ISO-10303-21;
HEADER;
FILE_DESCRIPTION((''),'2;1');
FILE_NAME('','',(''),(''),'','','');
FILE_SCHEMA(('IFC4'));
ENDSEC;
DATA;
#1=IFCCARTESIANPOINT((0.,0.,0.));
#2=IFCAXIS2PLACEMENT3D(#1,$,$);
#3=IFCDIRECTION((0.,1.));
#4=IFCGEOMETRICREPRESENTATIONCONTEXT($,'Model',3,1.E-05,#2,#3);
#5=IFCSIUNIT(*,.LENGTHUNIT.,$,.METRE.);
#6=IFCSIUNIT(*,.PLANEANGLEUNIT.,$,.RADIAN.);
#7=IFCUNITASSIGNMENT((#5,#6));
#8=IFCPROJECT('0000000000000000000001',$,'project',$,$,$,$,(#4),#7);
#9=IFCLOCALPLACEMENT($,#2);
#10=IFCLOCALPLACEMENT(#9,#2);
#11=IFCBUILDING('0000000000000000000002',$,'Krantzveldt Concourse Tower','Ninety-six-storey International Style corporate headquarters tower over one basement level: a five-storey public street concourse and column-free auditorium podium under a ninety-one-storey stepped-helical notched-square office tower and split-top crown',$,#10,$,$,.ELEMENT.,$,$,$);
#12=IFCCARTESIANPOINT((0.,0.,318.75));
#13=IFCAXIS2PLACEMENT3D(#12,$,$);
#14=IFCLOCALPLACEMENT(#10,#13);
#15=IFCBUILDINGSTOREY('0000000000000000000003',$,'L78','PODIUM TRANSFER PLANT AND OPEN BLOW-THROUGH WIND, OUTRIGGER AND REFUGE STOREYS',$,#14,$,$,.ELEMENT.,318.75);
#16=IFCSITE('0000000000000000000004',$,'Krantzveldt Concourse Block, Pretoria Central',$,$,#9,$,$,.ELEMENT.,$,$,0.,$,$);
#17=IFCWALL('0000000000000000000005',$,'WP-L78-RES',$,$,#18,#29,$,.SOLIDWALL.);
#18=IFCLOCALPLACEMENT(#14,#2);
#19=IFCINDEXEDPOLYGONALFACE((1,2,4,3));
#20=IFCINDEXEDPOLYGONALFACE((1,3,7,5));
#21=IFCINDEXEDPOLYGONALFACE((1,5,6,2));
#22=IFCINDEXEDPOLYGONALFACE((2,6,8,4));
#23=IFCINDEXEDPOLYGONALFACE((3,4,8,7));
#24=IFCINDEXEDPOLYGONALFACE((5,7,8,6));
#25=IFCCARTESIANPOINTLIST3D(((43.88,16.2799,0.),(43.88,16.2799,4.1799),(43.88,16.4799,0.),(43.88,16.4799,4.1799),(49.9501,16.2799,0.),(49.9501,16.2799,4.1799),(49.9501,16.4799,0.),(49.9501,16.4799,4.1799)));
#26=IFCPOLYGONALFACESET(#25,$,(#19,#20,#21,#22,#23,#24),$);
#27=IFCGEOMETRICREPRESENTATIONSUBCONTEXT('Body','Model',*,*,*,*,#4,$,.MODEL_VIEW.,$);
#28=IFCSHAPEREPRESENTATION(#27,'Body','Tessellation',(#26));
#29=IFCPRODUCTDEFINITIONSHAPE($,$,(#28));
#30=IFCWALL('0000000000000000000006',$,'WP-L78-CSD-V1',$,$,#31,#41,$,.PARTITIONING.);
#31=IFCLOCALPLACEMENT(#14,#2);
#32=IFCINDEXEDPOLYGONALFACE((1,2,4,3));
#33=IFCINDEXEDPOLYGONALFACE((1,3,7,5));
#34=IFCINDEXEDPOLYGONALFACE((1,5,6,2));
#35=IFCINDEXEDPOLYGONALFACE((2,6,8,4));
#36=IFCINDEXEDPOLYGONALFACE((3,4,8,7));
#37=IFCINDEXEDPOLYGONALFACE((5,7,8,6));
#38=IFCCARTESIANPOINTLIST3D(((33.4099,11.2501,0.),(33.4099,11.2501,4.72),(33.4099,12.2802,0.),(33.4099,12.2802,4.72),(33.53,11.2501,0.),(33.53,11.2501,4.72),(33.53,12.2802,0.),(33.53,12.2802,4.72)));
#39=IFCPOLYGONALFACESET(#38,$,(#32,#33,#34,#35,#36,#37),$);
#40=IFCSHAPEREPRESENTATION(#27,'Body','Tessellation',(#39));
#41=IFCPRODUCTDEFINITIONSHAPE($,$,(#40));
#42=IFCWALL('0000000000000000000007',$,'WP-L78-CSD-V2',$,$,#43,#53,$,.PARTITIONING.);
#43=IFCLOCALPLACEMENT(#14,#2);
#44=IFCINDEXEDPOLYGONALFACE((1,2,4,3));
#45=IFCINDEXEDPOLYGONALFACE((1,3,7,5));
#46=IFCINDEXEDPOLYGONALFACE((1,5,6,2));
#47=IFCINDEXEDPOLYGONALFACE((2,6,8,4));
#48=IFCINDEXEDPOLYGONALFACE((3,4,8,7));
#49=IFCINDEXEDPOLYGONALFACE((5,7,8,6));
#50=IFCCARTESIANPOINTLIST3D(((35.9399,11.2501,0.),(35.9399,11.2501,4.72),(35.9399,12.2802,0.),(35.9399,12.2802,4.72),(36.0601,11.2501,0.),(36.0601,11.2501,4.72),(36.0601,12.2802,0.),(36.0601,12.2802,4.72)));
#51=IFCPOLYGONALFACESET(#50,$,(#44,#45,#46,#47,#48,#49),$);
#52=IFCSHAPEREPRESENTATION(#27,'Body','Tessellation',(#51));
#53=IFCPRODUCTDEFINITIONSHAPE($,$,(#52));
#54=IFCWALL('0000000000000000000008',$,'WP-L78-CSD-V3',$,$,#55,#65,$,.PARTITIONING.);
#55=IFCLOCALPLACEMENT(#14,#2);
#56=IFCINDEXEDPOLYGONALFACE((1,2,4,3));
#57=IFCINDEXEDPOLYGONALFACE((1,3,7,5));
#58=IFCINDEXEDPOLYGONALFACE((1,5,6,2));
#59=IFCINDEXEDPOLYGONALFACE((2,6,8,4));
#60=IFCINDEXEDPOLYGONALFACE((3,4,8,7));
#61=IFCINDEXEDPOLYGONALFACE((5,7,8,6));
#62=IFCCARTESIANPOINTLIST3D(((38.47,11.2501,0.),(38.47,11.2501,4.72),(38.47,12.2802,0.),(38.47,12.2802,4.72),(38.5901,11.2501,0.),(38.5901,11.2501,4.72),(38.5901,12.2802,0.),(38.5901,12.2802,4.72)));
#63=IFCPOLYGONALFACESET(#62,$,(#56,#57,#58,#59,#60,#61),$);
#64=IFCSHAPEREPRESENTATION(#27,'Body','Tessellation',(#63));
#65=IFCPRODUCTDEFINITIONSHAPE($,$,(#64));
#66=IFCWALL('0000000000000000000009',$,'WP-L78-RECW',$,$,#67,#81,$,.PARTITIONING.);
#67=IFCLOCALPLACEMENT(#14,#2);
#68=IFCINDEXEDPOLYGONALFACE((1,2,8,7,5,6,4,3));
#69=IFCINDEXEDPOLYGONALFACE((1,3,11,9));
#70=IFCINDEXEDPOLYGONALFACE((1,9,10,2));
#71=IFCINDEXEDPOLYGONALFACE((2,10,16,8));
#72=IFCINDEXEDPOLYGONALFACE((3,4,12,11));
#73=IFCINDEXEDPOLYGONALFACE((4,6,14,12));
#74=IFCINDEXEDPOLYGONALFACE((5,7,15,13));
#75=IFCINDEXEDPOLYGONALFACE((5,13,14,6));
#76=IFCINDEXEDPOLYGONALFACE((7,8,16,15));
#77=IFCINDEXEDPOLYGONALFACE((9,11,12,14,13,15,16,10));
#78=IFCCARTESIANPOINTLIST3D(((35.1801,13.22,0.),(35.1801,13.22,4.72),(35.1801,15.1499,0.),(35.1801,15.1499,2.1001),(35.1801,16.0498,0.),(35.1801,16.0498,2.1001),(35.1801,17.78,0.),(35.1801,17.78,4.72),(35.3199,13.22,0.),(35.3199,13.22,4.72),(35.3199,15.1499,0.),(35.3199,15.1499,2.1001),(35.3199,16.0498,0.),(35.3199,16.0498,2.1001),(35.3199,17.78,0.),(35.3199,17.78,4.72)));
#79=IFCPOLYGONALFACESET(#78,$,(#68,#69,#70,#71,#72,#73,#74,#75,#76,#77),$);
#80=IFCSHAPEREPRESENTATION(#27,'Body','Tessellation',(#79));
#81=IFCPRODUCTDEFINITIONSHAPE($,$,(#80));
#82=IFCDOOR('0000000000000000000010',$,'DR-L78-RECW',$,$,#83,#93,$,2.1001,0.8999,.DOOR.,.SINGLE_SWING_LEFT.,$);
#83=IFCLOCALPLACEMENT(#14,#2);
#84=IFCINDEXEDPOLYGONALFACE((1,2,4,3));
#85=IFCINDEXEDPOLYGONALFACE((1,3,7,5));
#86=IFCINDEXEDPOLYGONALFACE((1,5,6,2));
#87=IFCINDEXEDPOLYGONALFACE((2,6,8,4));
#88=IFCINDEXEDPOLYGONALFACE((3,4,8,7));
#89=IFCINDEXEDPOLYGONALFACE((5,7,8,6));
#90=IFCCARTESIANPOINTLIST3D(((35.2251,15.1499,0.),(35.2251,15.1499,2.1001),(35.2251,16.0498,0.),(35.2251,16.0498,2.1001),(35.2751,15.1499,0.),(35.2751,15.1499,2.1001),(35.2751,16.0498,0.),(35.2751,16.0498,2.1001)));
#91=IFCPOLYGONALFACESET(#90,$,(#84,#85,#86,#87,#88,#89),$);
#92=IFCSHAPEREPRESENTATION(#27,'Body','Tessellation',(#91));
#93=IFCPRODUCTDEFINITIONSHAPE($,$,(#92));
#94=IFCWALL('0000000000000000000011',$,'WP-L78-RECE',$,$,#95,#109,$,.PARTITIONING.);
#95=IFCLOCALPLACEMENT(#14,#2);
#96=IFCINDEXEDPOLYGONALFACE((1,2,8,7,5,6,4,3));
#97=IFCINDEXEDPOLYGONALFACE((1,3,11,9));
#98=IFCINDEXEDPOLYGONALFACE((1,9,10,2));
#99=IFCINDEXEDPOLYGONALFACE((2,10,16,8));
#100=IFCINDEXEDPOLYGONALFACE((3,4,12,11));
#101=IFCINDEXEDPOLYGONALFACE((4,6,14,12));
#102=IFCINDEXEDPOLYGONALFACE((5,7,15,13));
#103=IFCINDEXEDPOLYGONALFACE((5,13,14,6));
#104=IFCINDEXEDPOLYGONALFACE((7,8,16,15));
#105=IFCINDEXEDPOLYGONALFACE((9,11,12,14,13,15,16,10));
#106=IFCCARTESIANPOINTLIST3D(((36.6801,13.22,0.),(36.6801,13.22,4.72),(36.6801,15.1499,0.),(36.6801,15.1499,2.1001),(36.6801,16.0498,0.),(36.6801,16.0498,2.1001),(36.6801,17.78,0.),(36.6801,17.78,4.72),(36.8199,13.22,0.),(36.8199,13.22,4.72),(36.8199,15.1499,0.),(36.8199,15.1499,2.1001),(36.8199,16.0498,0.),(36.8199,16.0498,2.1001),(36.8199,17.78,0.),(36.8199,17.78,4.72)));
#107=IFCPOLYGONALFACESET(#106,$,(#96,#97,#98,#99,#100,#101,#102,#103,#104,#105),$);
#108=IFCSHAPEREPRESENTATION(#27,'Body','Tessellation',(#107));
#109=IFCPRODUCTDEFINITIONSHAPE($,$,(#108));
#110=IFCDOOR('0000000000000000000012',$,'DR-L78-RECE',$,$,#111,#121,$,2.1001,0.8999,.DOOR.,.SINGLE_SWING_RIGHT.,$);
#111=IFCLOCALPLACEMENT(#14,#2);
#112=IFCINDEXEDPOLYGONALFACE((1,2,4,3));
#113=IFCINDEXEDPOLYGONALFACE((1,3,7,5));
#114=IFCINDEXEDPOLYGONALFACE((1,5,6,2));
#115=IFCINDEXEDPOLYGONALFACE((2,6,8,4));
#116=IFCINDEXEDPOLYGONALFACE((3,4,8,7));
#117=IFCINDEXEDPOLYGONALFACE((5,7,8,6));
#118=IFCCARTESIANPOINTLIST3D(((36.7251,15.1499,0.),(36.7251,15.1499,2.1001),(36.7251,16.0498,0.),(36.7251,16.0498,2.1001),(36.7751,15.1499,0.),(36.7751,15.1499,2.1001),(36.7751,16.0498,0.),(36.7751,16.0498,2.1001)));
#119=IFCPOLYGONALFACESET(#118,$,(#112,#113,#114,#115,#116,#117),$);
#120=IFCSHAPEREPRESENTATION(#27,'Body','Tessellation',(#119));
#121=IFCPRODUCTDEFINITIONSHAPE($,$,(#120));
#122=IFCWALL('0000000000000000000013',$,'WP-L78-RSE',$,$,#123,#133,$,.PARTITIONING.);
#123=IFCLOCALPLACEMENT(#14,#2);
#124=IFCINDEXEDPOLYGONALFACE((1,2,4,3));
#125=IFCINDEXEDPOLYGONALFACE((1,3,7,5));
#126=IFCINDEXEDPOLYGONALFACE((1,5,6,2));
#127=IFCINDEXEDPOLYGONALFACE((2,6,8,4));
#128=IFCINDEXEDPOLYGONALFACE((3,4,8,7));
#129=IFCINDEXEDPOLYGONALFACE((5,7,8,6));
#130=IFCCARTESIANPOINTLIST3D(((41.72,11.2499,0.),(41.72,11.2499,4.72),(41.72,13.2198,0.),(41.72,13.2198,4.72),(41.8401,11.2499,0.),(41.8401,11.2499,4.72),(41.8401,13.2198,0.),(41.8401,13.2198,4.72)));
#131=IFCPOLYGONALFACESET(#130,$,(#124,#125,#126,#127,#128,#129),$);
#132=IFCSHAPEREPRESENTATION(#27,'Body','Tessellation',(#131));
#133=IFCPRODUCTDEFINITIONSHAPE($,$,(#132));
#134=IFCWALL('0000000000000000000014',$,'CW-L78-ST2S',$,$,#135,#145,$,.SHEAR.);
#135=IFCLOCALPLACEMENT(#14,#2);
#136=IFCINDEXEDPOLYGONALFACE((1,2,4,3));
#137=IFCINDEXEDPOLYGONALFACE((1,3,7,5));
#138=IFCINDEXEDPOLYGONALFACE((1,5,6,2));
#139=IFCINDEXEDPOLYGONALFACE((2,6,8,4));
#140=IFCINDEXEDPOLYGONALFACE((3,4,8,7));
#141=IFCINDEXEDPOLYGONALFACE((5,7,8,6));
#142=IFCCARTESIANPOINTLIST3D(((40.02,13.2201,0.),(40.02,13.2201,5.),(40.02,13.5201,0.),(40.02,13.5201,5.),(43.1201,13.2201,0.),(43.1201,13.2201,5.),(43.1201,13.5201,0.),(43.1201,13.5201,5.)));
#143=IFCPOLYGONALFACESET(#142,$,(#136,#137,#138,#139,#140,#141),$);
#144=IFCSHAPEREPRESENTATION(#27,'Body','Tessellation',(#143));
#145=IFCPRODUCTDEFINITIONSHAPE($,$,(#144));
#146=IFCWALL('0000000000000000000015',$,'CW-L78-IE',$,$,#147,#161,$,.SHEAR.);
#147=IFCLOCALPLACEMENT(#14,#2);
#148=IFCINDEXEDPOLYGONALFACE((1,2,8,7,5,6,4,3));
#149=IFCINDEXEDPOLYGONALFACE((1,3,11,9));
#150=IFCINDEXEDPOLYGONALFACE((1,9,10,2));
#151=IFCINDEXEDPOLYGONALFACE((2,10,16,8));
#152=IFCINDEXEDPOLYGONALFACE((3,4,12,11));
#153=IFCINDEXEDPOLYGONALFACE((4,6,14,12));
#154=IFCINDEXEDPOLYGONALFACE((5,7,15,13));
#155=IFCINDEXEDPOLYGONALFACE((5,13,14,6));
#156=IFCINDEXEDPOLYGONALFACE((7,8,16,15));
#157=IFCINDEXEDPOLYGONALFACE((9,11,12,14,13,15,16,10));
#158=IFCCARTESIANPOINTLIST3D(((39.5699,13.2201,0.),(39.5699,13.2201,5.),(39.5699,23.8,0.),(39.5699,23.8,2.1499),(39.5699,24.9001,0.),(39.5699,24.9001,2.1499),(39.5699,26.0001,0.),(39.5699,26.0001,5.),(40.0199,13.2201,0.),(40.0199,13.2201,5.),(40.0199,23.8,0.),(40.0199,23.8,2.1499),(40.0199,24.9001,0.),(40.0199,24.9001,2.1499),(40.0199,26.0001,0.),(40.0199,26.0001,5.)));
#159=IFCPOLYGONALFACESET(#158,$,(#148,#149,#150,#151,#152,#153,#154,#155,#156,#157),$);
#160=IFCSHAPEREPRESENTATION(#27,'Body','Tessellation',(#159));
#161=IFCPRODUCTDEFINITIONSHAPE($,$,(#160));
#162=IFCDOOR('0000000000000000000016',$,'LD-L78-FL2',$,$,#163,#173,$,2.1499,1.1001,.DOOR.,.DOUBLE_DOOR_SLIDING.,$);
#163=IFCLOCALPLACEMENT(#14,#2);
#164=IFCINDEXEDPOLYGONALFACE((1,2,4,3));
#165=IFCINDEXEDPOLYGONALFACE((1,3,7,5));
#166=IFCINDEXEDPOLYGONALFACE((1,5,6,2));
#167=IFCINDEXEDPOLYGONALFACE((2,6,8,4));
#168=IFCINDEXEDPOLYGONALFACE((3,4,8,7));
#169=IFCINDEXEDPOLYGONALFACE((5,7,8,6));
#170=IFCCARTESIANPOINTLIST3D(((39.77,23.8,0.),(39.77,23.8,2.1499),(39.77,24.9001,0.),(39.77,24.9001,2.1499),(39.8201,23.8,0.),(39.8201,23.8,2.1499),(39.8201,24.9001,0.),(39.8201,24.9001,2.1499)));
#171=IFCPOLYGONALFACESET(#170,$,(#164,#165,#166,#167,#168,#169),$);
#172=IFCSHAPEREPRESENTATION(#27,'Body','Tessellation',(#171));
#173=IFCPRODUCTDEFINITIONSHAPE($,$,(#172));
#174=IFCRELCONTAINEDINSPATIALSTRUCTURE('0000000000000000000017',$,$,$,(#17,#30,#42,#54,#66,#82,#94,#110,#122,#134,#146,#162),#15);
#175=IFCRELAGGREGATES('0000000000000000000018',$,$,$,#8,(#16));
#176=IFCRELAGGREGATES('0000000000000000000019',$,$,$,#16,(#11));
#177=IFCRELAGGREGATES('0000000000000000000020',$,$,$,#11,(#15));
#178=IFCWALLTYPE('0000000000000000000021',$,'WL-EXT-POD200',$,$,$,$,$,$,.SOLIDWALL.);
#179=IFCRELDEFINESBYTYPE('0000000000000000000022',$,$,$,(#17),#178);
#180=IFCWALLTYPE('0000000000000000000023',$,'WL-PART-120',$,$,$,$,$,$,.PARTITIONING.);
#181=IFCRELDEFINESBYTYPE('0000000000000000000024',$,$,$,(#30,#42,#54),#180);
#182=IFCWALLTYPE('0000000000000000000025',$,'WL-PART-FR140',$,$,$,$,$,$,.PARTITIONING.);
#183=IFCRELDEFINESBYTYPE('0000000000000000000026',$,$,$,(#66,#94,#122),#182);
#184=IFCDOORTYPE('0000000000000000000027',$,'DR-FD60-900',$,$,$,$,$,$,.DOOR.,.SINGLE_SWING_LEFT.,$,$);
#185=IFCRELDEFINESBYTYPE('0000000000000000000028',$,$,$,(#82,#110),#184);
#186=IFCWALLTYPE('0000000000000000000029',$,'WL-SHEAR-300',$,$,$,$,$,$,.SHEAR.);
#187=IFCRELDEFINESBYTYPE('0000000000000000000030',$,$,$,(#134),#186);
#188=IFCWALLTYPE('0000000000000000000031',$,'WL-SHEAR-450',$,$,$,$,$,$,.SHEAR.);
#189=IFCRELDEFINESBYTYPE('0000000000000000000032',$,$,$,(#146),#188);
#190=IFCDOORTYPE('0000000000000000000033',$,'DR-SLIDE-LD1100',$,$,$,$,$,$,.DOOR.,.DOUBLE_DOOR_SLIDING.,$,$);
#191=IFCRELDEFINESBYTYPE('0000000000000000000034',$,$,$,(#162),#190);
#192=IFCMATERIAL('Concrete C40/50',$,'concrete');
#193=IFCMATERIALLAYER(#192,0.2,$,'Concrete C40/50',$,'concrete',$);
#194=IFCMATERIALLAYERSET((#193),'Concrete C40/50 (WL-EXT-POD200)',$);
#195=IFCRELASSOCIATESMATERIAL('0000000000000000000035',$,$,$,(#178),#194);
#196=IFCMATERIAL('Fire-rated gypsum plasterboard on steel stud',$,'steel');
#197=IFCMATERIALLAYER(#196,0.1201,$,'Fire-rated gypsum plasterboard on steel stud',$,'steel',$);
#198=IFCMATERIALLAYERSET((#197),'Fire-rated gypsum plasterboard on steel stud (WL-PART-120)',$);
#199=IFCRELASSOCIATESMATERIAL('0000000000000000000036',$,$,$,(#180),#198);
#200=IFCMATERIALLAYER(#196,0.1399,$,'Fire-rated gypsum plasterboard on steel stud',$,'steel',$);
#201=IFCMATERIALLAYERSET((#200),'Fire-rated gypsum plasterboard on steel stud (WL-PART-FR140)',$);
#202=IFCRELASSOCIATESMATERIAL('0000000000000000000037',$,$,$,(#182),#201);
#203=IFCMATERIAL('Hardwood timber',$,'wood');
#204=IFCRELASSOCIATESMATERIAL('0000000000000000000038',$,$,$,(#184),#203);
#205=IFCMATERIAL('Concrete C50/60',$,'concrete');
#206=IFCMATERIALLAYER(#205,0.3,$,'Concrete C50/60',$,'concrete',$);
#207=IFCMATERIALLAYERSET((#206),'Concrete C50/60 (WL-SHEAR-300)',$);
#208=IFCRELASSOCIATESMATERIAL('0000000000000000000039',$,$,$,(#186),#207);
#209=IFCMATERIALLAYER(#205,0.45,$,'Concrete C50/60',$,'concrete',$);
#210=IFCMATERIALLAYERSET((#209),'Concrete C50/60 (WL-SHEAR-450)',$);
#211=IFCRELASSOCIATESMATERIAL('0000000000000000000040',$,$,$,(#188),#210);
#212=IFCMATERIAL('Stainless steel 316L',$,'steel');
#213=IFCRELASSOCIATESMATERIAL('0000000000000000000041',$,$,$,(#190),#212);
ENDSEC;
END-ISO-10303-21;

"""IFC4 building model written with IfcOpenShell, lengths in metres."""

from ifc_helpers import new_model, si_unit, direction, frame, frame_2d, origin, place, context, subcontext, project, spatial, rectangle, extrude, material, layer, layer_set, type_object, element, fill, save


model = new_model("IFC4")

# Units and contexts
model_context = context("Model", 3, precision=1e-05, world=origin(), true_north=direction((0.0, 1.0)))
body_context = subcontext(model_context, "Body", "Model", "MODEL_VIEW")
ifc_project = project(units=[si_unit("LENGTHUNIT", "METRE"), si_unit("PLANEANGLEUNIT", "RADIAN")], contexts=[model_context])

# Site, building, storey
site_placement = place(None, origin())
site = spatial("IfcSite", under=ifc_project, at=site_placement, Name="Krantzveldt Concourse Block, Pretoria Central", CompositionType="ELEMENT", RefElevation=0.0)
building_placement = place(site_placement, origin())
building = spatial("IfcBuilding", under=site, at=building_placement, Name="Krantzveldt Concourse Tower", Description="Ninety-six-storey International Style corporate headquarters tower over one basement level: a five-storey public street concourse and column-free auditorium podium under a ninety-one-storey stepped-helical notched-square office tower and split-top crown", CompositionType="ELEMENT")
storey_placement = place(building_placement, frame((0.0, 0.0, 318.75)))
storey = spatial("IfcBuildingStorey", under=building, at=storey_placement, Name="L78", Description="PODIUM TRANSFER PLANT AND OPEN BLOW-THROUGH WIND, OUTRIGGER AND REFUGE STOREYS", CompositionType="ELEMENT", Elevation=318.75)

# Walls
ifc_material_1 = material(Name="Concrete C40/50", Category="concrete")
ifc_layer_1 = layer(ifc_material_1, 0.2, Name="Concrete C40/50", Category="concrete")
ifc_layer_set_1 = layer_set([ifc_layer_1], Name="Concrete C40/50 (WL-EXT-POD200)")
wall_type_1 = type_object("IfcWallType", Name="WL-EXT-POD200", PredefinedType="SOLIDWALL", material=ifc_layer_set_1)
wall_1_placement = place(storey_placement, frame((43.8799, 16.3799, 0.0), z_axis=(0.0, 0.0, 1.0), x_axis=(1.0, 0.0, 0.0)))
element("IfcWall", 1, at=wall_1_placement, inside=storey, type_object=wall_type_1, Name="WP-L78-RES", PredefinedType="SOLIDWALL", context=body_context, shape_type="SweptSolid", body=[
    extrude(rectangle(XDim=6.0701, YDim=0.2, at=frame_2d((3.0352, 0.0))), origin(), (0.0, 0.0, 1.0), 4.1799),
])
ifc_material_2 = material(Name="Fire-rated gypsum plasterboard on steel stud", Category="steel")
ifc_layer_2 = layer(ifc_material_2, 0.1201, Name="Fire-rated gypsum plasterboard on steel stud", Category="steel")
ifc_layer_set_2 = layer_set([ifc_layer_2], Name="Fire-rated gypsum plasterboard on steel stud (WL-PART-120)")
wall_type_2 = type_object("IfcWallType", Name="WL-PART-120", PredefinedType="PARTITIONING", material=ifc_layer_set_2)
for number, where, z_axis, x_axis, name in (
    (2, (33.47, 11.25, 0.0), (0.0, 0.0, 1.0), (0.0, 1.0, 0.0), "WP-L78-CSD-V1"),
    (3, (36.0, 11.25, 0.0), (0.0, 0.0, 1.0), (0.0, 1.0, 0.0), "WP-L78-CSD-V2"),
    (4, (38.53, 11.25, 0.0), (0.0, 0.0, 1.0), (0.0, 1.0, 0.0), "WP-L78-CSD-V3"),
):
    element("IfcWall", number, at=place(storey_placement, frame(where, z_axis=z_axis, x_axis=x_axis)), inside=storey, type_object=wall_type_2, Name=name, PredefinedType="PARTITIONING", context=body_context, shape_type="SweptSolid", body=[
        extrude(rectangle(XDim=1.03, YDim=0.1201, at=frame_2d((0.5151, 0.0))), origin(), (0.0, 0.0, 1.0), 4.72),
    ])

# Walls, openings, doors
ifc_layer_3 = layer(ifc_material_2, 0.1399, Name="Fire-rated gypsum plasterboard on steel stud", Category="steel")
ifc_layer_set_3 = layer_set([ifc_layer_3], Name="Fire-rated gypsum plasterboard on steel stud (WL-PART-FR140)")
wall_type_3 = type_object("IfcWallType", Name="WL-PART-FR140", PredefinedType="PARTITIONING", material=ifc_layer_set_3)
wall_2_placement = place(storey_placement, frame((35.25, 13.22, 0.0), z_axis=(0.0, 0.0, 1.0), x_axis=(0.0, 1.0, 0.0)))
wall_2 = element("IfcWall", 5, at=wall_2_placement, inside=storey, type_object=wall_type_3, Name="WP-L78-RECW", PredefinedType="PARTITIONING", context=body_context, shape_type="SweptSolid", body=[
    extrude(rectangle(XDim=4.5601, YDim=0.1399, at=frame_2d((2.28, 0.0))), origin(), (0.0, 0.0, 1.0), 4.72),
])
opening_1_placement = place(wall_2_placement, frame((1.9299, 0.0, 0.0)))
opening_1 = element("IfcOpeningElement", 6, at=opening_1_placement, cuts=wall_2, PredefinedType="OPENING", context=body_context, shape_type="SweptSolid", body=[
    extrude(rectangle(XDim=0.8999, YDim=2.1001, at=frame_2d((0.45, 1.05))), frame((0.0, 0.0801, 0.0), z_axis=(0.0, -1.0, 0.0), x_axis=(1.0, 0.0, 0.0)), (0.0, 0.0, 1.0), 0.1599),
])
ifc_material_3 = material(Name="Hardwood timber", Category="wood")
door_type_1 = type_object("IfcDoorType", Name="DR-FD60-900", OperationType="SINGLE_SWING_LEFT", PredefinedType="DOOR", material=ifc_material_3)
door_1_placement = place(opening_1_placement, origin())
door_1 = element("IfcDoor", 7, at=door_1_placement, inside=storey, type_object=door_type_1, Name="DR-L78-RECW", OperationType="SINGLE_SWING_LEFT", OverallHeight=2.1001, OverallWidth=0.8999, PredefinedType="DOOR", context=body_context, shape_type="SweptSolid", body=[
    extrude(rectangle(XDim=0.8999, YDim=2.1001, at=frame_2d((0.45, 1.05))), frame((0.0, 0.0249, 0.0), z_axis=(0.0, -1.0, 0.0), x_axis=(1.0, 0.0, 0.0)), (0.0, 0.0, 1.0), 0.05),
])
fill(opening_1, door_1)
wall_3_placement = place(storey_placement, frame((36.75, 13.22, 0.0), z_axis=(0.0, 0.0, 1.0), x_axis=(0.0, 1.0, 0.0)))
wall_3 = element("IfcWall", 8, at=wall_3_placement, inside=storey, type_object=wall_type_3, Name="WP-L78-RECE", PredefinedType="PARTITIONING", context=body_context, shape_type="SweptSolid", body=[
    extrude(rectangle(XDim=4.5601, YDim=0.1399, at=frame_2d((2.28, 0.0))), origin(), (0.0, 0.0, 1.0), 4.72),
])
opening_2_placement = place(wall_3_placement, frame((1.9299, 0.0, 0.0)))
opening_2 = element("IfcOpeningElement", 9, at=opening_2_placement, cuts=wall_3, PredefinedType="OPENING", context=body_context, shape_type="SweptSolid", body=[
    extrude(rectangle(XDim=0.8999, YDim=2.1001, at=frame_2d((0.45, 1.05))), frame((0.0, 0.0801, 0.0), z_axis=(0.0, -1.0, 0.0), x_axis=(1.0, 0.0, 0.0)), (0.0, 0.0, 1.0), 0.1599),
])
door_2_placement = place(opening_2_placement, origin())
door_2 = element("IfcDoor", 10, at=door_2_placement, inside=storey, type_object=door_type_1, Name="DR-L78-RECE", OperationType="SINGLE_SWING_RIGHT", OverallHeight=2.1001, OverallWidth=0.8999, PredefinedType="DOOR", context=body_context, shape_type="SweptSolid", body=[
    extrude(rectangle(XDim=0.8999, YDim=2.1001, at=frame_2d((0.45, 1.05))), frame((0.0, 0.0249, 0.0), z_axis=(0.0, -1.0, 0.0), x_axis=(1.0, 0.0, 0.0)), (0.0, 0.0, 1.0), 0.05),
])
fill(opening_2, door_2)

# Walls
wall_4_placement = place(storey_placement, frame((41.78, 11.25, 0.0), z_axis=(0.0, 0.0, 1.0), x_axis=(0.0, 1.0, 0.0)))
element("IfcWall", 11, at=wall_4_placement, inside=storey, type_object=wall_type_3, Name="WP-L78-RSE", PredefinedType="PARTITIONING", context=body_context, shape_type="SweptSolid", body=[
    extrude(rectangle(XDim=1.97, YDim=0.1201, at=frame_2d((0.9849, 0.0))), origin(), (0.0, 0.0, 1.0), 4.72),
])
ifc_material_4 = material(Name="Concrete C50/60", Category="concrete")
ifc_layer_4 = layer(ifc_material_4, 0.3, Name="Concrete C50/60", Category="concrete")
ifc_layer_set_4 = layer_set([ifc_layer_4], Name="Concrete C50/60 (WL-SHEAR-300)")
wall_type_4 = type_object("IfcWallType", Name="WL-SHEAR-300", PredefinedType="SHEAR", material=ifc_layer_set_4)
wall_5_placement = place(storey_placement, frame((40.02, 13.3701, 0.0), z_axis=(0.0, 0.0, 1.0), x_axis=(1.0, 0.0, 0.0)))
element("IfcWall", 12, at=wall_5_placement, inside=storey, type_object=wall_type_4, Name="CW-L78-ST2S", PredefinedType="SHEAR", context=body_context, shape_type="SweptSolid", body=[
    extrude(rectangle(XDim=3.1001, YDim=0.3, at=frame_2d((1.55, 0.0))), origin(), (0.0, 0.0, 1.0), 5.0),
])

# Wall, opening, door
ifc_layer_5 = layer(ifc_material_4, 0.45, Name="Concrete C50/60", Category="concrete")
ifc_layer_set_5 = layer_set([ifc_layer_5], Name="Concrete C50/60 (WL-SHEAR-450)")
wall_type_5 = type_object("IfcWallType", Name="WL-SHEAR-450", PredefinedType="SHEAR", material=ifc_layer_set_5)
wall_6_placement = place(storey_placement, frame((39.7949, 13.22, 0.0), z_axis=(0.0, 0.0, 1.0), x_axis=(0.0, 1.0, 0.0)))
wall_6 = element("IfcWall", 13, at=wall_6_placement, inside=storey, type_object=wall_type_5, Name="CW-L78-IE", PredefinedType="SHEAR", context=body_context, shape_type="SweptSolid", body=[
    extrude(rectangle(XDim=12.78, YDim=0.45, at=frame_2d((6.3901, 0.0))), origin(), (0.0, 0.0, 1.0), 5.0),
])
opening_3_placement = place(wall_6_placement, frame((10.5801, 0.0, 0.0)))
opening_3 = element("IfcOpeningElement", 14, at=opening_3_placement, cuts=wall_6, PredefinedType="OPENING", context=body_context, shape_type="SweptSolid", body=[
    extrude(rectangle(XDim=1.1001, YDim=2.1499, at=frame_2d((0.55, 1.075))), frame((0.0, 0.2349, 0.0), z_axis=(0.0, -1.0, 0.0), x_axis=(1.0, 0.0, 0.0)), (0.0, 0.0, 1.0), 0.47),
])
ifc_material_5 = material(Name="Stainless steel 316L", Category="steel")
door_type_2 = type_object("IfcDoorType", Name="DR-SLIDE-LD1100", OperationType="DOUBLE_DOOR_SLIDING", PredefinedType="DOOR", material=ifc_material_5)
door_3_placement = place(opening_3_placement, origin())
door_3 = element("IfcDoor", 15, at=door_3_placement, inside=storey, type_object=door_type_2, Name="LD-L78-FL2", OperationType="DOUBLE_DOOR_SLIDING", OverallHeight=2.1499, OverallWidth=1.1001, PredefinedType="DOOR", context=body_context, shape_type="SweptSolid", body=[
    extrude(rectangle(XDim=1.1001, YDim=2.1499, at=frame_2d((0.55, 1.075))), frame((0.0, 0.0249, 0.0), z_axis=(0.0, -1.0, 0.0), x_axis=(1.0, 0.0, 0.0)), (0.0, 0.0, 1.0), 0.05),
])
fill(opening_3, door_3)

save(model, "model.ifc")
